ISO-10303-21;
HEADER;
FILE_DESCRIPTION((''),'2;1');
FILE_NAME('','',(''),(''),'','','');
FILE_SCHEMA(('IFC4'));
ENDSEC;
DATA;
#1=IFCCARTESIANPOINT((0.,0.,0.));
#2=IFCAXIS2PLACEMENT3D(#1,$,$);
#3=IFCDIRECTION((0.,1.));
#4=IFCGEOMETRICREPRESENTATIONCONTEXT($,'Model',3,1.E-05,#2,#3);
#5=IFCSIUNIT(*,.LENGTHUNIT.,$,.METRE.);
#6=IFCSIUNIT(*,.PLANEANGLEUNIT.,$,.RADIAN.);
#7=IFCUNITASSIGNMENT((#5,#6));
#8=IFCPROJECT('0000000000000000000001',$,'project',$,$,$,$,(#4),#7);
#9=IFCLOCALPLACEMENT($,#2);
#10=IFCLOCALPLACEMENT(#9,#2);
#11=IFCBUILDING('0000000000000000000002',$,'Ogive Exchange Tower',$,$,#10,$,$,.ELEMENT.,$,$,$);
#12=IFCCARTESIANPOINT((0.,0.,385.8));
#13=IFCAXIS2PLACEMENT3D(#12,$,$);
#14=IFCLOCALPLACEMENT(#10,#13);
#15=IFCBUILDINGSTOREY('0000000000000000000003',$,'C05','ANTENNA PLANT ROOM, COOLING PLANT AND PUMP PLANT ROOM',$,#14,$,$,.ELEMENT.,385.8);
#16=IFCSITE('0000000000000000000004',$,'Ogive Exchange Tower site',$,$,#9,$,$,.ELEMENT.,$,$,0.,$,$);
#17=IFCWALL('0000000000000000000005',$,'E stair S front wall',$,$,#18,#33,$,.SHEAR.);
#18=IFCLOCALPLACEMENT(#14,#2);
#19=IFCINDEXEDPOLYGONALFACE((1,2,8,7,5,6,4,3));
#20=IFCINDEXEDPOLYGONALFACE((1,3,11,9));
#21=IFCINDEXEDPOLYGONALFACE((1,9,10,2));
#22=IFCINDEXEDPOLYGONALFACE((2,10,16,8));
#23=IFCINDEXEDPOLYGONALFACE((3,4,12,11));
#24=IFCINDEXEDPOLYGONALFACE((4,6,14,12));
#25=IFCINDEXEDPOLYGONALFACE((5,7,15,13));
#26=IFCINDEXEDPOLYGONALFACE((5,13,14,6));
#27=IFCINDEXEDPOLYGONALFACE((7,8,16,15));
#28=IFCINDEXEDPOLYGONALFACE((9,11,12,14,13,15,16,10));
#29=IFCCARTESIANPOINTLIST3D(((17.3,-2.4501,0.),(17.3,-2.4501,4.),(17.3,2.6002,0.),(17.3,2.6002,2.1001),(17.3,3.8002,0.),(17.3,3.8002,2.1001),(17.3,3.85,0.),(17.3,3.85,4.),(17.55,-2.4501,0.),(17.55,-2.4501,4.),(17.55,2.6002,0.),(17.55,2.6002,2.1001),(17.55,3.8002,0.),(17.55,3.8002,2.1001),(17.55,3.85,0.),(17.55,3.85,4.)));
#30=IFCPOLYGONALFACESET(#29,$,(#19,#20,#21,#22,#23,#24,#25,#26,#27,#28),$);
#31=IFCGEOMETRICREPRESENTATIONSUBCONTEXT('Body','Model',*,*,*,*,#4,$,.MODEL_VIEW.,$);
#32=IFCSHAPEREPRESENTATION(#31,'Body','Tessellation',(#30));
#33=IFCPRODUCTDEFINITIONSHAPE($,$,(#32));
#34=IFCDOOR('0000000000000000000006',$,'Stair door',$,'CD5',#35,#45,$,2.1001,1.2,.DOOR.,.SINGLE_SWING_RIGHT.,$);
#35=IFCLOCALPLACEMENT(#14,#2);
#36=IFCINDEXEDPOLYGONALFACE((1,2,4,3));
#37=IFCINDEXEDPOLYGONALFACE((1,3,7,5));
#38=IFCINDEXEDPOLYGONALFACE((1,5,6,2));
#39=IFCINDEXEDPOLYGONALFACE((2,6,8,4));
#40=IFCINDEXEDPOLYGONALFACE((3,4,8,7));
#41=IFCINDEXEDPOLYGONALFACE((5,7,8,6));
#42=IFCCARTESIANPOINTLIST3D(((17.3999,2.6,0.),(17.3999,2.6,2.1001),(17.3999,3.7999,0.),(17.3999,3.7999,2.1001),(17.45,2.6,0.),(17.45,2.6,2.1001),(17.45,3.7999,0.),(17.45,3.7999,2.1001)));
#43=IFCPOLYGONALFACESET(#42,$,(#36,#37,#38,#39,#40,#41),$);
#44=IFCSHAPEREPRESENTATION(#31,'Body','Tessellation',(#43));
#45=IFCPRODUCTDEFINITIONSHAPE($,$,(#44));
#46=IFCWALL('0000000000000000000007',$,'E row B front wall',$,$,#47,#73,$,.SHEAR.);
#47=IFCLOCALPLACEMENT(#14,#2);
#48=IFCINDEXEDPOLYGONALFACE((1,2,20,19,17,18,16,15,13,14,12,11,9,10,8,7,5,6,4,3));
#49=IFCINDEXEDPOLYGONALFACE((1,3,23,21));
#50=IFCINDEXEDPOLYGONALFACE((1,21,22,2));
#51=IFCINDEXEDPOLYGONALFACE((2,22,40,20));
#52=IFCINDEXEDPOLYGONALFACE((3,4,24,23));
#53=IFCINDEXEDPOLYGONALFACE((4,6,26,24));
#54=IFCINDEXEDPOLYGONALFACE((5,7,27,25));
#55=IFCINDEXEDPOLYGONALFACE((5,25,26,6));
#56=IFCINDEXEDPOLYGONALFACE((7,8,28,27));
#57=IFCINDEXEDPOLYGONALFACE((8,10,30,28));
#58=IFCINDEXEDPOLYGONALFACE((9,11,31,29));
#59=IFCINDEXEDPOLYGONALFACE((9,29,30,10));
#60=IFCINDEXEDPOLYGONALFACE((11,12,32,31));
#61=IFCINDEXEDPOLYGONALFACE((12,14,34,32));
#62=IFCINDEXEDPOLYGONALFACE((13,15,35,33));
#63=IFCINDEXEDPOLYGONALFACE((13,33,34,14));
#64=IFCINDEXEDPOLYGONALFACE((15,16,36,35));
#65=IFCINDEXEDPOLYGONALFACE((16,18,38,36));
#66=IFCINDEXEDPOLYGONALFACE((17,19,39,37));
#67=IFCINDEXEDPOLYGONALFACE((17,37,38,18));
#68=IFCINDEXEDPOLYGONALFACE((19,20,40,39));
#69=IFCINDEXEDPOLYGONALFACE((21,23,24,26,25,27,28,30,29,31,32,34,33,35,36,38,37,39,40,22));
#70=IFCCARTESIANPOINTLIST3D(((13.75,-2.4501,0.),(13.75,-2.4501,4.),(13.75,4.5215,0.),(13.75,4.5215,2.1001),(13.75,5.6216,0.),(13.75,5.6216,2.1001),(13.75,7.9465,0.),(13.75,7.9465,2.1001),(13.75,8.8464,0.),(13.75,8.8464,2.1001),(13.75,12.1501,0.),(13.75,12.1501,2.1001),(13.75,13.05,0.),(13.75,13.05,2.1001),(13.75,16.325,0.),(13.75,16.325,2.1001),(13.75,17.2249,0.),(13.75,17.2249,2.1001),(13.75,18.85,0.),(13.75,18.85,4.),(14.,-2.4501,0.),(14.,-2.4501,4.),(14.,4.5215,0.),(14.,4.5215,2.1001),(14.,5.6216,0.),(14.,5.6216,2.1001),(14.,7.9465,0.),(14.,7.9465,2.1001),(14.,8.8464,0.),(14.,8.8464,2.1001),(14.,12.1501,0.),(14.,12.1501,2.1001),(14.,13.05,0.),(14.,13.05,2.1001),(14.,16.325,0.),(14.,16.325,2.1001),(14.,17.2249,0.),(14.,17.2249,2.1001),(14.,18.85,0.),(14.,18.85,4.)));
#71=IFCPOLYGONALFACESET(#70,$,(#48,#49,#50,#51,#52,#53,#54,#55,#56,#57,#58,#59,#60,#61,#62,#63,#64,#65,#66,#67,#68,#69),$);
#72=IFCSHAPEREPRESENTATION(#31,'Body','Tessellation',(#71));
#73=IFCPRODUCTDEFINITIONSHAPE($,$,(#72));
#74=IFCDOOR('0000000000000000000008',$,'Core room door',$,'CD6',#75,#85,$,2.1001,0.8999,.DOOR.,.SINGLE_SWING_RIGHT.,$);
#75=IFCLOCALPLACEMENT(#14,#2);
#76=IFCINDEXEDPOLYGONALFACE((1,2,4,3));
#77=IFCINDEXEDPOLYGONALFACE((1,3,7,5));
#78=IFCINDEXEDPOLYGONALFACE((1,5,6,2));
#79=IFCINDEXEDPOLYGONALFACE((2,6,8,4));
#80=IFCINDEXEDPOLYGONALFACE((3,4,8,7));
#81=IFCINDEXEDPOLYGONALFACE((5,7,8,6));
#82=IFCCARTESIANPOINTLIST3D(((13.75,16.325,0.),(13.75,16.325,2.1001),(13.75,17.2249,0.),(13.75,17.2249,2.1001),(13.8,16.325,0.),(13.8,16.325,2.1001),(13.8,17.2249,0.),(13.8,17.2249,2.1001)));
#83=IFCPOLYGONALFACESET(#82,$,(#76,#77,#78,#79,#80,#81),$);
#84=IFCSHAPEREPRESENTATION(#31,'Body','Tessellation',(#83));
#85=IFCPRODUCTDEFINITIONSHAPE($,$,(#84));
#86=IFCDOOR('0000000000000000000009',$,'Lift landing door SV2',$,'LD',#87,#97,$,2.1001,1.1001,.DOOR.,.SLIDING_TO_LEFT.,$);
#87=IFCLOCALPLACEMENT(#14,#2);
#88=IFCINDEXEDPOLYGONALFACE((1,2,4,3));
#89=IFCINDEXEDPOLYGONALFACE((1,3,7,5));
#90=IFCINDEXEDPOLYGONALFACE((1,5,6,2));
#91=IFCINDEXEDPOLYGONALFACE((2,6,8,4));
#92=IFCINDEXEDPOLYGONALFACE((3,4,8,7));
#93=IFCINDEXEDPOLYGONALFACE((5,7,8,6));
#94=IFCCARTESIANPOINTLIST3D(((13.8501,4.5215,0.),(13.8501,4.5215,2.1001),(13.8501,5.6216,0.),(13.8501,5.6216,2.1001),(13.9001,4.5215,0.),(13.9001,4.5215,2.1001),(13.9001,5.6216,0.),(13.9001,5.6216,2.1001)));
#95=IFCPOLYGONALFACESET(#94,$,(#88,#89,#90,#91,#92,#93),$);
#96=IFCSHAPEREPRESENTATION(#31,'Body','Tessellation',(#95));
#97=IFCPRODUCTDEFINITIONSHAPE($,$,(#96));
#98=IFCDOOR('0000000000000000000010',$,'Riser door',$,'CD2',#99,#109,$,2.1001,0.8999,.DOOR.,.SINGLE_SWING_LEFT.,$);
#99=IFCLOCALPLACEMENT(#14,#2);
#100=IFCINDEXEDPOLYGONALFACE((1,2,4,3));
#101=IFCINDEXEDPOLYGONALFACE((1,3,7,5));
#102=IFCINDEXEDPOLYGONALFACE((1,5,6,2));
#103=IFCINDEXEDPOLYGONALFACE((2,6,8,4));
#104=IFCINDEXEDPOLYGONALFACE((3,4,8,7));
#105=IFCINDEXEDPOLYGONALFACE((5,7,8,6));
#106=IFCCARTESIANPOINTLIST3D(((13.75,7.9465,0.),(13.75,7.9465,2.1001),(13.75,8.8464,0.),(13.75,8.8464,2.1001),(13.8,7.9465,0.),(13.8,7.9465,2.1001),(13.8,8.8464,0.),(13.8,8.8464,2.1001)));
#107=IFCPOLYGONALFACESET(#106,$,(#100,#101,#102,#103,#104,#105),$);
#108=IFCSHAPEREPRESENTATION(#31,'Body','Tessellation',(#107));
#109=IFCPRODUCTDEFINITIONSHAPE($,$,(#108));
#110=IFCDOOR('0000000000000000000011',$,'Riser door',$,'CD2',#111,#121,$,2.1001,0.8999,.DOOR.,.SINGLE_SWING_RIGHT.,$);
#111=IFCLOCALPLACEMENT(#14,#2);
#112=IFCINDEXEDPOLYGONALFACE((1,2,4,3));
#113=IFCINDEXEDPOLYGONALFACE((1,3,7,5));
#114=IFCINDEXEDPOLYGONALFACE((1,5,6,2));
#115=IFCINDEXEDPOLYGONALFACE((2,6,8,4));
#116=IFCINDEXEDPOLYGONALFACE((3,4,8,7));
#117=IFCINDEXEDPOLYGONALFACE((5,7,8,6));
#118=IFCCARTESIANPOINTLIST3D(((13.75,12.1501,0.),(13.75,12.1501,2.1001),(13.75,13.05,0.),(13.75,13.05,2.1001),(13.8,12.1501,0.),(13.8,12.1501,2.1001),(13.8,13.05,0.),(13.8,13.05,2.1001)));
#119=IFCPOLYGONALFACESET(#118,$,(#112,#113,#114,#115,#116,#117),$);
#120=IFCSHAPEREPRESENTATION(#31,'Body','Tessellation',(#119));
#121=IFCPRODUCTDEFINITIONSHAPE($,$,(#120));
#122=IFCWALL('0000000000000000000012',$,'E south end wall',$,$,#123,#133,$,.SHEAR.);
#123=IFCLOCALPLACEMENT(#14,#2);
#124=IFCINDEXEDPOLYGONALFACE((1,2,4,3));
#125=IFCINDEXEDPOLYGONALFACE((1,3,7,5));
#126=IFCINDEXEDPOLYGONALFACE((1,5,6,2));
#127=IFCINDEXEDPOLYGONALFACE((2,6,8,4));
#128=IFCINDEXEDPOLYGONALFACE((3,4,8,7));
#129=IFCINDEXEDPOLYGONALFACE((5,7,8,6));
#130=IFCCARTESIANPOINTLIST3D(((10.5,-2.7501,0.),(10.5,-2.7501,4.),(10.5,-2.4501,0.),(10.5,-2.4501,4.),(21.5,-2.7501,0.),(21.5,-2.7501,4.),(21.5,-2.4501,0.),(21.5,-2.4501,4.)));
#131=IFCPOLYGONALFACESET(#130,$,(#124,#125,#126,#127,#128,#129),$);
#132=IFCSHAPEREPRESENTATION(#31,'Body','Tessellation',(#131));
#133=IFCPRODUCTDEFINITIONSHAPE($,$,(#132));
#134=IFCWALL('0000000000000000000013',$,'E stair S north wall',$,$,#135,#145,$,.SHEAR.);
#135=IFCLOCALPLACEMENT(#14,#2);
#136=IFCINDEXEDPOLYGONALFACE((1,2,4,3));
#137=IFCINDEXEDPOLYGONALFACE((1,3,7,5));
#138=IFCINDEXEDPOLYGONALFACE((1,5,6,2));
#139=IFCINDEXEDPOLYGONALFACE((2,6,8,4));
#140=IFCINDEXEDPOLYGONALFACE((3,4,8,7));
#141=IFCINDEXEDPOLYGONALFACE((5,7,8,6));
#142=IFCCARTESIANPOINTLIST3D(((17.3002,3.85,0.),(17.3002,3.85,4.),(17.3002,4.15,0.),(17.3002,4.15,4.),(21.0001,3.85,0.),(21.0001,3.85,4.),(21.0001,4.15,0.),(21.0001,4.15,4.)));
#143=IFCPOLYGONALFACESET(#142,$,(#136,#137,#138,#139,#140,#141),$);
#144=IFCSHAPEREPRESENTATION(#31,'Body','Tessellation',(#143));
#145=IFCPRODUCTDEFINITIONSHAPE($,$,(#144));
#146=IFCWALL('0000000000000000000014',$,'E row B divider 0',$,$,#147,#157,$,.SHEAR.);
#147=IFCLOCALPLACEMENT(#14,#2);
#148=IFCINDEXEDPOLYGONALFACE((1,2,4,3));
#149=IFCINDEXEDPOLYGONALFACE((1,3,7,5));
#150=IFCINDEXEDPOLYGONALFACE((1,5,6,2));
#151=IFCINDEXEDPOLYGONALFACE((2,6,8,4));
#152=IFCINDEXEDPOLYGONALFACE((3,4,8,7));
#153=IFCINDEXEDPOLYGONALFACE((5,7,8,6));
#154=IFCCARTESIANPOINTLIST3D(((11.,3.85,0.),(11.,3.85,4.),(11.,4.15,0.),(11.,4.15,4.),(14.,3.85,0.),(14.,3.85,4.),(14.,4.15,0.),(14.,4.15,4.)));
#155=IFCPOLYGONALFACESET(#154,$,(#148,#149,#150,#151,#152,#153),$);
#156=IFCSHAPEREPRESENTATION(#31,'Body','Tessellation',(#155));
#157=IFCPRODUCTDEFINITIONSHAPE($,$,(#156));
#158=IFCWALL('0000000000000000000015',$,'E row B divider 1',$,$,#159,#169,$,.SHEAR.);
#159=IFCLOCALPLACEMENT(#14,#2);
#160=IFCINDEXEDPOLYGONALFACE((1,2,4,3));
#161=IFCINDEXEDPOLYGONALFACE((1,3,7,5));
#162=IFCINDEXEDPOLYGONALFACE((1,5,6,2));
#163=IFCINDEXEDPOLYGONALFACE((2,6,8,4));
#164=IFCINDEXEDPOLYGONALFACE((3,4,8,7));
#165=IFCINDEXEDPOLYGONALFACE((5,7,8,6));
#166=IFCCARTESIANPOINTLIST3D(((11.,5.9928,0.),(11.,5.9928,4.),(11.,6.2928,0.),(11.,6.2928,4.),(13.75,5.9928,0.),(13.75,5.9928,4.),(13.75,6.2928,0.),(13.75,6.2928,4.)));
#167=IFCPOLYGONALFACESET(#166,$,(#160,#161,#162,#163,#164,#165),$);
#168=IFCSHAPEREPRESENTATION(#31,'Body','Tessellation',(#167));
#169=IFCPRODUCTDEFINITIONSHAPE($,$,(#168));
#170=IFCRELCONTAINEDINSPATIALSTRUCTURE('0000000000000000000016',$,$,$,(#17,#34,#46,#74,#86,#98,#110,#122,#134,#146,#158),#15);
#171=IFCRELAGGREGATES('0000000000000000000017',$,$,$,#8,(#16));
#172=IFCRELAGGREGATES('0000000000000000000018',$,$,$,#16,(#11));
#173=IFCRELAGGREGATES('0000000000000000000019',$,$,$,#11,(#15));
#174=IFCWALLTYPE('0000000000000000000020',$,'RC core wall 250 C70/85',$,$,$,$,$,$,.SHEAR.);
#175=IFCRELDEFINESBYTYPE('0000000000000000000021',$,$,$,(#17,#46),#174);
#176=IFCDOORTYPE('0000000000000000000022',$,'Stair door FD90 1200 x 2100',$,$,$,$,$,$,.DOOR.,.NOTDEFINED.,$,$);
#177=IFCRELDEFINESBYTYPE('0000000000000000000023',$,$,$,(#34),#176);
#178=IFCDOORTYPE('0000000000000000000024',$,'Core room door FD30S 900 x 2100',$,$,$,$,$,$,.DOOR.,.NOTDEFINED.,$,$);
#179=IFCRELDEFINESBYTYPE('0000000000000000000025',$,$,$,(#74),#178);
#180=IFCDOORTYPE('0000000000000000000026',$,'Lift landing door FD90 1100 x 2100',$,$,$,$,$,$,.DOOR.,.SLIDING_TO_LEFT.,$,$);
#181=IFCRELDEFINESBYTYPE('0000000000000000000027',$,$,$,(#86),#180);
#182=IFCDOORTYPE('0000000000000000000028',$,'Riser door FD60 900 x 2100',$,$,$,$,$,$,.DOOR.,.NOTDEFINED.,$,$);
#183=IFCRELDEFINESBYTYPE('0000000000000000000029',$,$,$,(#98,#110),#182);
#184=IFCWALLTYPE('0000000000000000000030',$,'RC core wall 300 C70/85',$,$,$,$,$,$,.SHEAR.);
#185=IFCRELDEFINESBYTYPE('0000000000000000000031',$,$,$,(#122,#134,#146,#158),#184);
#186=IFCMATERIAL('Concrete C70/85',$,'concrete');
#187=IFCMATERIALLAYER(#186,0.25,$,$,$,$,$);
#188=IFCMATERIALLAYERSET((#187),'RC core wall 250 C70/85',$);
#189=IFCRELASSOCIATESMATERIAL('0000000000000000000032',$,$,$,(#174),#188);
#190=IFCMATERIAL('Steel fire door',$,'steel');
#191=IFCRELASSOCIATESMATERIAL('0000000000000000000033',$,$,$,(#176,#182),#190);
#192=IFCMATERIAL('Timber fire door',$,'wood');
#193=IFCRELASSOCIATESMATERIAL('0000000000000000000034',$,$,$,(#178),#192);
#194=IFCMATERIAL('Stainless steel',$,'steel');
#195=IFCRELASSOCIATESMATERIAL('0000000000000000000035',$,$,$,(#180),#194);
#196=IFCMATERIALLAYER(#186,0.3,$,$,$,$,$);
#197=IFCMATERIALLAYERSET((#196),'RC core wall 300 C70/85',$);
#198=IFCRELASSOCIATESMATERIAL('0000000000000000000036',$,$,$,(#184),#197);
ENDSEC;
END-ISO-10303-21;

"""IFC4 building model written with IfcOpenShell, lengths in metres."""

from ifc_helpers import new_model, si_unit, direction, frame, frame_2d, origin, place, context, subcontext, project, spatial, rectangle, extrude, material, layer, layer_set, type_object, element, fill, save


model = new_model("IFC4")

# Units and contexts
model_context = context("Model", 3, precision=1e-05, world=origin(), true_north=direction((0.0, 1.0)))
body_context = subcontext(model_context, "Body", "Model", "MODEL_VIEW")
ifc_project = project(units=[si_unit("LENGTHUNIT", "METRE"), si_unit("PLANEANGLEUNIT", "RADIAN")], contexts=[model_context])

# Site, building, storey
site_placement = place(None, origin())
site = spatial("IfcSite", under=ifc_project, at=site_placement, Name="Ogive Exchange Tower site", CompositionType="ELEMENT", RefElevation=0.0)
building_placement = place(site_placement, origin())
building = spatial("IfcBuilding", under=site, at=building_placement, Name="Ogive Exchange Tower", CompositionType="ELEMENT")
storey_placement = place(building_placement, frame((0.0, 0.0, 385.8)))
storey = spatial("IfcBuildingStorey", under=building, at=storey_placement, Name="C05", Description="ANTENNA PLANT ROOM, COOLING PLANT AND PUMP PLANT ROOM", CompositionType="ELEMENT", Elevation=385.8)

# Wall, opening, door
ifc_material_1 = material(Name="Concrete C70/85", Category="concrete")
ifc_material_2 = material(Name="Steel fire door", Category="steel")
ifc_layer_1 = layer(ifc_material_1, 0.25)
ifc_layer_set_1 = layer_set([ifc_layer_1], Name="RC core wall 250 C70/85")
wall_type_1 = type_object("IfcWallType", Name="RC core wall 250 C70/85", PredefinedType="SHEAR", material=ifc_layer_set_1)
wall_1_placement = place(storey_placement, frame((17.425, -2.45, 0.0), z_axis=(0.0, 0.0, 1.0), x_axis=(0.0, 1.0, 0.0)))
wall_1 = element("IfcWall", 1, at=wall_1_placement, inside=storey, type_object=wall_type_1, Name="E stair S front wall", PredefinedType="SHEAR", context=body_context, shape_type="SweptSolid", body=[
    extrude(rectangle(XDim=6.3, YDim=0.25, at=frame_2d((3.1499, 0.0))), origin(), (0.0, 0.0, 1.0), 4.0),
])
opening_1_placement = place(wall_1_placement, frame((5.05, 0.0, 0.0)))
opening_1 = element("IfcOpeningElement", 2, at=opening_1_placement, cuts=wall_1, PredefinedType="OPENING", context=body_context, shape_type="SweptSolid", body=[
    extrude(rectangle(XDim=1.2, YDim=2.1001, at=frame_2d((0.6001, 1.05))), frame((0.0, 0.135, 0.0), z_axis=(0.0, -1.0, 0.0), x_axis=(1.0, 0.0, 0.0)), (0.0, 0.0, 1.0), 0.27),
])
door_type_1 = type_object("IfcDoorType", Name="Stair door FD90 1200 x 2100", OperationType="NOTDEFINED", PredefinedType="DOOR", material=ifc_material_2)
door_1_placement = place(opening_1_placement, frame((1.2, 0.0, 0.0), z_axis=(0.0, 0.0, 1.0), x_axis=(-1.0, 0.0, 0.0)))
door_1 = element("IfcDoor", 3, at=door_1_placement, inside=storey, type_object=door_type_1, Name="Stair door", ObjectType="CD5", OperationType="SINGLE_SWING_RIGHT", OverallHeight=2.1001, OverallWidth=1.2, PredefinedType="DOOR", context=body_context, shape_type="SweptSolid", body=[
    extrude(rectangle(XDim=1.2, YDim=2.1001, at=frame_2d((0.6001, 1.05))), frame((0.0, 0.0249, 0.0), z_axis=(0.0, -1.0, 0.0), x_axis=(1.0, 0.0, 0.0)), (0.0, 0.0, 1.0), 0.05),
])
fill(opening_1, door_1)

# Wall, openings, doors
wall_2_placement = place(storey_placement, frame((13.875, -2.45, 0.0), z_axis=(0.0, 0.0, 1.0), x_axis=(0.0, 1.0, 0.0)))
wall_2 = element("IfcWall", 4, at=wall_2_placement, inside=storey, type_object=wall_type_1, Name="E row B front wall", PredefinedType="SHEAR", context=body_context, shape_type="SweptSolid", body=[
    extrude(rectangle(XDim=21.3, YDim=0.25, at=frame_2d((10.6499, 0.0))), origin(), (0.0, 0.0, 1.0), 4.0),
])
opening_2_placement = place(wall_2_placement, frame((10.3965, 0.0, 0.0)))
opening_2 = element("IfcOpeningElement", 5, at=opening_2_placement, cuts=wall_2, PredefinedType="OPENING", context=body_context, shape_type="SweptSolid", body=[
    extrude(rectangle(XDim=0.8999, YDim=2.1001, at=frame_2d((0.45, 1.05))), frame((0.0, 0.135, 0.0), z_axis=(0.0, -1.0, 0.0), x_axis=(1.0, 0.0, 0.0)), (0.0, 0.0, 1.0), 0.27),
])
opening_3_placement = place(wall_2_placement, frame((14.6001, 0.0, 0.0)))
opening_3 = element("IfcOpeningElement", 6, at=opening_3_placement, cuts=wall_2, PredefinedType="OPENING", context=body_context, shape_type="SweptSolid", body=[
    extrude(rectangle(XDim=0.8999, YDim=2.1001, at=frame_2d((0.45, 1.05))), frame((0.0, 0.135, 0.0), z_axis=(0.0, -1.0, 0.0), x_axis=(1.0, 0.0, 0.0)), (0.0, 0.0, 1.0), 0.27),
])
opening_4_placement = place(wall_2_placement, frame((18.7749, 0.0, 0.0)))
opening_4 = element("IfcOpeningElement", 7, at=opening_4_placement, cuts=wall_2, PredefinedType="OPENING", context=body_context, shape_type="SweptSolid", body=[
    extrude(rectangle(XDim=0.8999, YDim=2.1001, at=frame_2d((0.45, 1.05))), frame((0.0, 0.135, 0.0), z_axis=(0.0, -1.0, 0.0), x_axis=(1.0, 0.0, 0.0)), (0.0, 0.0, 1.0), 0.27),
])
opening_5_placement = place(wall_2_placement, frame((6.9714, 0.0, 0.0)))
opening_5 = element("IfcOpeningElement", 8, at=opening_5_placement, cuts=wall_2, PredefinedType="OPENING", context=body_context, shape_type="SweptSolid", body=[
    extrude(rectangle(XDim=1.1001, YDim=2.1001, at=frame_2d((0.55, 1.05))), frame((0.0, 0.135, 0.0), z_axis=(0.0, -1.0, 0.0), x_axis=(1.0, 0.0, 0.0)), (0.0, 0.0, 1.0), 0.27),
])
ifc_material_3 = material(Name="Timber fire door", Category="wood")
door_type_2 = type_object("IfcDoorType", Name="Core room door FD30S 900 x 2100", OperationType="NOTDEFINED", PredefinedType="DOOR", material=ifc_material_3)
door_2_placement = place(opening_4_placement, origin())
door_2 = element("IfcDoor", 9, at=door_2_placement, inside=storey, type_object=door_type_2, Name="Core room door", ObjectType="CD6", OperationType="SINGLE_SWING_RIGHT", OverallHeight=2.1001, OverallWidth=0.8999, PredefinedType="DOOR", context=body_context, shape_type="SweptSolid", body=[
    extrude(rectangle(XDim=0.8999, YDim=2.1001, at=frame_2d((0.45, 1.05))), frame((0.0, 0.125, 0.0), z_axis=(0.0, -1.0, 0.0), x_axis=(1.0, 0.0, 0.0)), (0.0, 0.0, 1.0), 0.05),
])
fill(opening_4, door_2)
ifc_material_4 = material(Name="Stainless steel", Category="steel")
door_type_3 = type_object("IfcDoorType", Name="Lift landing door FD90 1100 x 2100", OperationType="SLIDING_TO_LEFT", PredefinedType="DOOR", material=ifc_material_4)
door_3_placement = place(opening_5_placement, origin())
door_3 = element("IfcDoor", 10, at=door_3_placement, inside=storey, type_object=door_type_3, Name="Lift landing door SV2", ObjectType="LD", OperationType="SLIDING_TO_LEFT", OverallHeight=2.1001, OverallWidth=1.1001, PredefinedType="DOOR", context=body_context, shape_type="SweptSolid", body=[
    extrude(rectangle(XDim=1.1001, YDim=2.1001, at=frame_2d((0.55, 1.05))), frame((0.0, 0.0249, 0.0), z_axis=(0.0, -1.0, 0.0), x_axis=(1.0, 0.0, 0.0)), (0.0, 0.0, 1.0), 0.05),
])
fill(opening_5, door_3)
door_type_4 = type_object("IfcDoorType", Name="Riser door FD60 900 x 2100", OperationType="NOTDEFINED", PredefinedType="DOOR", material=ifc_material_2)
door_4_placement = place(opening_2_placement, origin())
door_4 = element("IfcDoor", 11, at=door_4_placement, inside=storey, type_object=door_type_4, Name="Riser door", ObjectType="CD2", OperationType="SINGLE_SWING_LEFT", OverallHeight=2.1001, OverallWidth=0.8999, PredefinedType="DOOR", context=body_context, shape_type="SweptSolid", body=[
    extrude(rectangle(XDim=0.8999, YDim=2.1001, at=frame_2d((0.45, 1.05))), frame((0.0, 0.125, 0.0), z_axis=(0.0, -1.0, 0.0), x_axis=(1.0, 0.0, 0.0)), (0.0, 0.0, 1.0), 0.05),
])
fill(opening_2, door_4)
door_5_placement = place(opening_3_placement, origin())
door_5 = element("IfcDoor", 12, at=door_5_placement, inside=storey, type_object=door_type_4, Name="Riser door", ObjectType="CD2", OperationType="SINGLE_SWING_RIGHT", OverallHeight=2.1001, OverallWidth=0.8999, PredefinedType="DOOR", context=body_context, shape_type="SweptSolid", body=[
    extrude(rectangle(XDim=0.8999, YDim=2.1001, at=frame_2d((0.45, 1.05))), frame((0.0, 0.125, 0.0), z_axis=(0.0, -1.0, 0.0), x_axis=(1.0, 0.0, 0.0)), (0.0, 0.0, 1.0), 0.05),
])
fill(opening_3, door_5)

# Walls
ifc_layer_2 = layer(ifc_material_1, 0.3)
ifc_layer_set_2 = layer_set([ifc_layer_2], Name="RC core wall 300 C70/85")
wall_type_2 = type_object("IfcWallType", Name="RC core wall 300 C70/85", PredefinedType="SHEAR", material=ifc_layer_set_2)
wall_3_placement = place(storey_placement, frame((10.5, -2.6001, 0.0), z_axis=(0.0, 0.0, 1.0), x_axis=(1.0, 0.0, 0.0)))
element("IfcWall", 13, at=wall_3_placement, inside=storey, type_object=wall_type_2, Name="E south end wall", PredefinedType="SHEAR", context=body_context, shape_type="SweptSolid", body=[
    extrude(rectangle(XDim=11.0, YDim=0.3, at=frame_2d((5.5, 0.0))), origin(), (0.0, 0.0, 1.0), 4.0),
])
wall_4_placement = place(storey_placement, frame((17.3, 4.0, 0.0), z_axis=(0.0, 0.0, 1.0), x_axis=(1.0, 0.0, 0.0)))
element("IfcWall", 14, at=wall_4_placement, inside=storey, type_object=wall_type_2, Name="E stair S north wall", PredefinedType="SHEAR", context=body_context, shape_type="SweptSolid", body=[
    extrude(rectangle(XDim=3.7, YDim=0.3, at=frame_2d((1.8501, 0.0))), origin(), (0.0, 0.0, 1.0), 4.0),
])
wall_5_placement = place(storey_placement, frame((11.0, 4.0, 0.0), z_axis=(0.0, 0.0, 1.0), x_axis=(1.0, 0.0, 0.0)))
element("IfcWall", 15, at=wall_5_placement, inside=storey, type_object=wall_type_2, Name="E row B divider 0", PredefinedType="SHEAR", context=body_context, shape_type="SweptSolid", body=[
    extrude(rectangle(XDim=3.0, YDim=0.3, at=frame_2d((1.5, 0.0))), origin(), (0.0, 0.0, 1.0), 4.0),
])
wall_6_placement = place(storey_placement, frame((11.0, 6.1428, 0.0), z_axis=(0.0, 0.0, 1.0), x_axis=(1.0, 0.0, 0.0)))
element("IfcWall", 16, at=wall_6_placement, inside=storey, type_object=wall_type_2, Name="E row B divider 1", PredefinedType="SHEAR", context=body_context, shape_type="SweptSolid", body=[
    extrude(rectangle(XDim=2.75, YDim=0.3, at=frame_2d((1.375, 0.0))), origin(), (0.0, 0.0, 1.0), 4.0),
])

save(model, "model.ifc")
